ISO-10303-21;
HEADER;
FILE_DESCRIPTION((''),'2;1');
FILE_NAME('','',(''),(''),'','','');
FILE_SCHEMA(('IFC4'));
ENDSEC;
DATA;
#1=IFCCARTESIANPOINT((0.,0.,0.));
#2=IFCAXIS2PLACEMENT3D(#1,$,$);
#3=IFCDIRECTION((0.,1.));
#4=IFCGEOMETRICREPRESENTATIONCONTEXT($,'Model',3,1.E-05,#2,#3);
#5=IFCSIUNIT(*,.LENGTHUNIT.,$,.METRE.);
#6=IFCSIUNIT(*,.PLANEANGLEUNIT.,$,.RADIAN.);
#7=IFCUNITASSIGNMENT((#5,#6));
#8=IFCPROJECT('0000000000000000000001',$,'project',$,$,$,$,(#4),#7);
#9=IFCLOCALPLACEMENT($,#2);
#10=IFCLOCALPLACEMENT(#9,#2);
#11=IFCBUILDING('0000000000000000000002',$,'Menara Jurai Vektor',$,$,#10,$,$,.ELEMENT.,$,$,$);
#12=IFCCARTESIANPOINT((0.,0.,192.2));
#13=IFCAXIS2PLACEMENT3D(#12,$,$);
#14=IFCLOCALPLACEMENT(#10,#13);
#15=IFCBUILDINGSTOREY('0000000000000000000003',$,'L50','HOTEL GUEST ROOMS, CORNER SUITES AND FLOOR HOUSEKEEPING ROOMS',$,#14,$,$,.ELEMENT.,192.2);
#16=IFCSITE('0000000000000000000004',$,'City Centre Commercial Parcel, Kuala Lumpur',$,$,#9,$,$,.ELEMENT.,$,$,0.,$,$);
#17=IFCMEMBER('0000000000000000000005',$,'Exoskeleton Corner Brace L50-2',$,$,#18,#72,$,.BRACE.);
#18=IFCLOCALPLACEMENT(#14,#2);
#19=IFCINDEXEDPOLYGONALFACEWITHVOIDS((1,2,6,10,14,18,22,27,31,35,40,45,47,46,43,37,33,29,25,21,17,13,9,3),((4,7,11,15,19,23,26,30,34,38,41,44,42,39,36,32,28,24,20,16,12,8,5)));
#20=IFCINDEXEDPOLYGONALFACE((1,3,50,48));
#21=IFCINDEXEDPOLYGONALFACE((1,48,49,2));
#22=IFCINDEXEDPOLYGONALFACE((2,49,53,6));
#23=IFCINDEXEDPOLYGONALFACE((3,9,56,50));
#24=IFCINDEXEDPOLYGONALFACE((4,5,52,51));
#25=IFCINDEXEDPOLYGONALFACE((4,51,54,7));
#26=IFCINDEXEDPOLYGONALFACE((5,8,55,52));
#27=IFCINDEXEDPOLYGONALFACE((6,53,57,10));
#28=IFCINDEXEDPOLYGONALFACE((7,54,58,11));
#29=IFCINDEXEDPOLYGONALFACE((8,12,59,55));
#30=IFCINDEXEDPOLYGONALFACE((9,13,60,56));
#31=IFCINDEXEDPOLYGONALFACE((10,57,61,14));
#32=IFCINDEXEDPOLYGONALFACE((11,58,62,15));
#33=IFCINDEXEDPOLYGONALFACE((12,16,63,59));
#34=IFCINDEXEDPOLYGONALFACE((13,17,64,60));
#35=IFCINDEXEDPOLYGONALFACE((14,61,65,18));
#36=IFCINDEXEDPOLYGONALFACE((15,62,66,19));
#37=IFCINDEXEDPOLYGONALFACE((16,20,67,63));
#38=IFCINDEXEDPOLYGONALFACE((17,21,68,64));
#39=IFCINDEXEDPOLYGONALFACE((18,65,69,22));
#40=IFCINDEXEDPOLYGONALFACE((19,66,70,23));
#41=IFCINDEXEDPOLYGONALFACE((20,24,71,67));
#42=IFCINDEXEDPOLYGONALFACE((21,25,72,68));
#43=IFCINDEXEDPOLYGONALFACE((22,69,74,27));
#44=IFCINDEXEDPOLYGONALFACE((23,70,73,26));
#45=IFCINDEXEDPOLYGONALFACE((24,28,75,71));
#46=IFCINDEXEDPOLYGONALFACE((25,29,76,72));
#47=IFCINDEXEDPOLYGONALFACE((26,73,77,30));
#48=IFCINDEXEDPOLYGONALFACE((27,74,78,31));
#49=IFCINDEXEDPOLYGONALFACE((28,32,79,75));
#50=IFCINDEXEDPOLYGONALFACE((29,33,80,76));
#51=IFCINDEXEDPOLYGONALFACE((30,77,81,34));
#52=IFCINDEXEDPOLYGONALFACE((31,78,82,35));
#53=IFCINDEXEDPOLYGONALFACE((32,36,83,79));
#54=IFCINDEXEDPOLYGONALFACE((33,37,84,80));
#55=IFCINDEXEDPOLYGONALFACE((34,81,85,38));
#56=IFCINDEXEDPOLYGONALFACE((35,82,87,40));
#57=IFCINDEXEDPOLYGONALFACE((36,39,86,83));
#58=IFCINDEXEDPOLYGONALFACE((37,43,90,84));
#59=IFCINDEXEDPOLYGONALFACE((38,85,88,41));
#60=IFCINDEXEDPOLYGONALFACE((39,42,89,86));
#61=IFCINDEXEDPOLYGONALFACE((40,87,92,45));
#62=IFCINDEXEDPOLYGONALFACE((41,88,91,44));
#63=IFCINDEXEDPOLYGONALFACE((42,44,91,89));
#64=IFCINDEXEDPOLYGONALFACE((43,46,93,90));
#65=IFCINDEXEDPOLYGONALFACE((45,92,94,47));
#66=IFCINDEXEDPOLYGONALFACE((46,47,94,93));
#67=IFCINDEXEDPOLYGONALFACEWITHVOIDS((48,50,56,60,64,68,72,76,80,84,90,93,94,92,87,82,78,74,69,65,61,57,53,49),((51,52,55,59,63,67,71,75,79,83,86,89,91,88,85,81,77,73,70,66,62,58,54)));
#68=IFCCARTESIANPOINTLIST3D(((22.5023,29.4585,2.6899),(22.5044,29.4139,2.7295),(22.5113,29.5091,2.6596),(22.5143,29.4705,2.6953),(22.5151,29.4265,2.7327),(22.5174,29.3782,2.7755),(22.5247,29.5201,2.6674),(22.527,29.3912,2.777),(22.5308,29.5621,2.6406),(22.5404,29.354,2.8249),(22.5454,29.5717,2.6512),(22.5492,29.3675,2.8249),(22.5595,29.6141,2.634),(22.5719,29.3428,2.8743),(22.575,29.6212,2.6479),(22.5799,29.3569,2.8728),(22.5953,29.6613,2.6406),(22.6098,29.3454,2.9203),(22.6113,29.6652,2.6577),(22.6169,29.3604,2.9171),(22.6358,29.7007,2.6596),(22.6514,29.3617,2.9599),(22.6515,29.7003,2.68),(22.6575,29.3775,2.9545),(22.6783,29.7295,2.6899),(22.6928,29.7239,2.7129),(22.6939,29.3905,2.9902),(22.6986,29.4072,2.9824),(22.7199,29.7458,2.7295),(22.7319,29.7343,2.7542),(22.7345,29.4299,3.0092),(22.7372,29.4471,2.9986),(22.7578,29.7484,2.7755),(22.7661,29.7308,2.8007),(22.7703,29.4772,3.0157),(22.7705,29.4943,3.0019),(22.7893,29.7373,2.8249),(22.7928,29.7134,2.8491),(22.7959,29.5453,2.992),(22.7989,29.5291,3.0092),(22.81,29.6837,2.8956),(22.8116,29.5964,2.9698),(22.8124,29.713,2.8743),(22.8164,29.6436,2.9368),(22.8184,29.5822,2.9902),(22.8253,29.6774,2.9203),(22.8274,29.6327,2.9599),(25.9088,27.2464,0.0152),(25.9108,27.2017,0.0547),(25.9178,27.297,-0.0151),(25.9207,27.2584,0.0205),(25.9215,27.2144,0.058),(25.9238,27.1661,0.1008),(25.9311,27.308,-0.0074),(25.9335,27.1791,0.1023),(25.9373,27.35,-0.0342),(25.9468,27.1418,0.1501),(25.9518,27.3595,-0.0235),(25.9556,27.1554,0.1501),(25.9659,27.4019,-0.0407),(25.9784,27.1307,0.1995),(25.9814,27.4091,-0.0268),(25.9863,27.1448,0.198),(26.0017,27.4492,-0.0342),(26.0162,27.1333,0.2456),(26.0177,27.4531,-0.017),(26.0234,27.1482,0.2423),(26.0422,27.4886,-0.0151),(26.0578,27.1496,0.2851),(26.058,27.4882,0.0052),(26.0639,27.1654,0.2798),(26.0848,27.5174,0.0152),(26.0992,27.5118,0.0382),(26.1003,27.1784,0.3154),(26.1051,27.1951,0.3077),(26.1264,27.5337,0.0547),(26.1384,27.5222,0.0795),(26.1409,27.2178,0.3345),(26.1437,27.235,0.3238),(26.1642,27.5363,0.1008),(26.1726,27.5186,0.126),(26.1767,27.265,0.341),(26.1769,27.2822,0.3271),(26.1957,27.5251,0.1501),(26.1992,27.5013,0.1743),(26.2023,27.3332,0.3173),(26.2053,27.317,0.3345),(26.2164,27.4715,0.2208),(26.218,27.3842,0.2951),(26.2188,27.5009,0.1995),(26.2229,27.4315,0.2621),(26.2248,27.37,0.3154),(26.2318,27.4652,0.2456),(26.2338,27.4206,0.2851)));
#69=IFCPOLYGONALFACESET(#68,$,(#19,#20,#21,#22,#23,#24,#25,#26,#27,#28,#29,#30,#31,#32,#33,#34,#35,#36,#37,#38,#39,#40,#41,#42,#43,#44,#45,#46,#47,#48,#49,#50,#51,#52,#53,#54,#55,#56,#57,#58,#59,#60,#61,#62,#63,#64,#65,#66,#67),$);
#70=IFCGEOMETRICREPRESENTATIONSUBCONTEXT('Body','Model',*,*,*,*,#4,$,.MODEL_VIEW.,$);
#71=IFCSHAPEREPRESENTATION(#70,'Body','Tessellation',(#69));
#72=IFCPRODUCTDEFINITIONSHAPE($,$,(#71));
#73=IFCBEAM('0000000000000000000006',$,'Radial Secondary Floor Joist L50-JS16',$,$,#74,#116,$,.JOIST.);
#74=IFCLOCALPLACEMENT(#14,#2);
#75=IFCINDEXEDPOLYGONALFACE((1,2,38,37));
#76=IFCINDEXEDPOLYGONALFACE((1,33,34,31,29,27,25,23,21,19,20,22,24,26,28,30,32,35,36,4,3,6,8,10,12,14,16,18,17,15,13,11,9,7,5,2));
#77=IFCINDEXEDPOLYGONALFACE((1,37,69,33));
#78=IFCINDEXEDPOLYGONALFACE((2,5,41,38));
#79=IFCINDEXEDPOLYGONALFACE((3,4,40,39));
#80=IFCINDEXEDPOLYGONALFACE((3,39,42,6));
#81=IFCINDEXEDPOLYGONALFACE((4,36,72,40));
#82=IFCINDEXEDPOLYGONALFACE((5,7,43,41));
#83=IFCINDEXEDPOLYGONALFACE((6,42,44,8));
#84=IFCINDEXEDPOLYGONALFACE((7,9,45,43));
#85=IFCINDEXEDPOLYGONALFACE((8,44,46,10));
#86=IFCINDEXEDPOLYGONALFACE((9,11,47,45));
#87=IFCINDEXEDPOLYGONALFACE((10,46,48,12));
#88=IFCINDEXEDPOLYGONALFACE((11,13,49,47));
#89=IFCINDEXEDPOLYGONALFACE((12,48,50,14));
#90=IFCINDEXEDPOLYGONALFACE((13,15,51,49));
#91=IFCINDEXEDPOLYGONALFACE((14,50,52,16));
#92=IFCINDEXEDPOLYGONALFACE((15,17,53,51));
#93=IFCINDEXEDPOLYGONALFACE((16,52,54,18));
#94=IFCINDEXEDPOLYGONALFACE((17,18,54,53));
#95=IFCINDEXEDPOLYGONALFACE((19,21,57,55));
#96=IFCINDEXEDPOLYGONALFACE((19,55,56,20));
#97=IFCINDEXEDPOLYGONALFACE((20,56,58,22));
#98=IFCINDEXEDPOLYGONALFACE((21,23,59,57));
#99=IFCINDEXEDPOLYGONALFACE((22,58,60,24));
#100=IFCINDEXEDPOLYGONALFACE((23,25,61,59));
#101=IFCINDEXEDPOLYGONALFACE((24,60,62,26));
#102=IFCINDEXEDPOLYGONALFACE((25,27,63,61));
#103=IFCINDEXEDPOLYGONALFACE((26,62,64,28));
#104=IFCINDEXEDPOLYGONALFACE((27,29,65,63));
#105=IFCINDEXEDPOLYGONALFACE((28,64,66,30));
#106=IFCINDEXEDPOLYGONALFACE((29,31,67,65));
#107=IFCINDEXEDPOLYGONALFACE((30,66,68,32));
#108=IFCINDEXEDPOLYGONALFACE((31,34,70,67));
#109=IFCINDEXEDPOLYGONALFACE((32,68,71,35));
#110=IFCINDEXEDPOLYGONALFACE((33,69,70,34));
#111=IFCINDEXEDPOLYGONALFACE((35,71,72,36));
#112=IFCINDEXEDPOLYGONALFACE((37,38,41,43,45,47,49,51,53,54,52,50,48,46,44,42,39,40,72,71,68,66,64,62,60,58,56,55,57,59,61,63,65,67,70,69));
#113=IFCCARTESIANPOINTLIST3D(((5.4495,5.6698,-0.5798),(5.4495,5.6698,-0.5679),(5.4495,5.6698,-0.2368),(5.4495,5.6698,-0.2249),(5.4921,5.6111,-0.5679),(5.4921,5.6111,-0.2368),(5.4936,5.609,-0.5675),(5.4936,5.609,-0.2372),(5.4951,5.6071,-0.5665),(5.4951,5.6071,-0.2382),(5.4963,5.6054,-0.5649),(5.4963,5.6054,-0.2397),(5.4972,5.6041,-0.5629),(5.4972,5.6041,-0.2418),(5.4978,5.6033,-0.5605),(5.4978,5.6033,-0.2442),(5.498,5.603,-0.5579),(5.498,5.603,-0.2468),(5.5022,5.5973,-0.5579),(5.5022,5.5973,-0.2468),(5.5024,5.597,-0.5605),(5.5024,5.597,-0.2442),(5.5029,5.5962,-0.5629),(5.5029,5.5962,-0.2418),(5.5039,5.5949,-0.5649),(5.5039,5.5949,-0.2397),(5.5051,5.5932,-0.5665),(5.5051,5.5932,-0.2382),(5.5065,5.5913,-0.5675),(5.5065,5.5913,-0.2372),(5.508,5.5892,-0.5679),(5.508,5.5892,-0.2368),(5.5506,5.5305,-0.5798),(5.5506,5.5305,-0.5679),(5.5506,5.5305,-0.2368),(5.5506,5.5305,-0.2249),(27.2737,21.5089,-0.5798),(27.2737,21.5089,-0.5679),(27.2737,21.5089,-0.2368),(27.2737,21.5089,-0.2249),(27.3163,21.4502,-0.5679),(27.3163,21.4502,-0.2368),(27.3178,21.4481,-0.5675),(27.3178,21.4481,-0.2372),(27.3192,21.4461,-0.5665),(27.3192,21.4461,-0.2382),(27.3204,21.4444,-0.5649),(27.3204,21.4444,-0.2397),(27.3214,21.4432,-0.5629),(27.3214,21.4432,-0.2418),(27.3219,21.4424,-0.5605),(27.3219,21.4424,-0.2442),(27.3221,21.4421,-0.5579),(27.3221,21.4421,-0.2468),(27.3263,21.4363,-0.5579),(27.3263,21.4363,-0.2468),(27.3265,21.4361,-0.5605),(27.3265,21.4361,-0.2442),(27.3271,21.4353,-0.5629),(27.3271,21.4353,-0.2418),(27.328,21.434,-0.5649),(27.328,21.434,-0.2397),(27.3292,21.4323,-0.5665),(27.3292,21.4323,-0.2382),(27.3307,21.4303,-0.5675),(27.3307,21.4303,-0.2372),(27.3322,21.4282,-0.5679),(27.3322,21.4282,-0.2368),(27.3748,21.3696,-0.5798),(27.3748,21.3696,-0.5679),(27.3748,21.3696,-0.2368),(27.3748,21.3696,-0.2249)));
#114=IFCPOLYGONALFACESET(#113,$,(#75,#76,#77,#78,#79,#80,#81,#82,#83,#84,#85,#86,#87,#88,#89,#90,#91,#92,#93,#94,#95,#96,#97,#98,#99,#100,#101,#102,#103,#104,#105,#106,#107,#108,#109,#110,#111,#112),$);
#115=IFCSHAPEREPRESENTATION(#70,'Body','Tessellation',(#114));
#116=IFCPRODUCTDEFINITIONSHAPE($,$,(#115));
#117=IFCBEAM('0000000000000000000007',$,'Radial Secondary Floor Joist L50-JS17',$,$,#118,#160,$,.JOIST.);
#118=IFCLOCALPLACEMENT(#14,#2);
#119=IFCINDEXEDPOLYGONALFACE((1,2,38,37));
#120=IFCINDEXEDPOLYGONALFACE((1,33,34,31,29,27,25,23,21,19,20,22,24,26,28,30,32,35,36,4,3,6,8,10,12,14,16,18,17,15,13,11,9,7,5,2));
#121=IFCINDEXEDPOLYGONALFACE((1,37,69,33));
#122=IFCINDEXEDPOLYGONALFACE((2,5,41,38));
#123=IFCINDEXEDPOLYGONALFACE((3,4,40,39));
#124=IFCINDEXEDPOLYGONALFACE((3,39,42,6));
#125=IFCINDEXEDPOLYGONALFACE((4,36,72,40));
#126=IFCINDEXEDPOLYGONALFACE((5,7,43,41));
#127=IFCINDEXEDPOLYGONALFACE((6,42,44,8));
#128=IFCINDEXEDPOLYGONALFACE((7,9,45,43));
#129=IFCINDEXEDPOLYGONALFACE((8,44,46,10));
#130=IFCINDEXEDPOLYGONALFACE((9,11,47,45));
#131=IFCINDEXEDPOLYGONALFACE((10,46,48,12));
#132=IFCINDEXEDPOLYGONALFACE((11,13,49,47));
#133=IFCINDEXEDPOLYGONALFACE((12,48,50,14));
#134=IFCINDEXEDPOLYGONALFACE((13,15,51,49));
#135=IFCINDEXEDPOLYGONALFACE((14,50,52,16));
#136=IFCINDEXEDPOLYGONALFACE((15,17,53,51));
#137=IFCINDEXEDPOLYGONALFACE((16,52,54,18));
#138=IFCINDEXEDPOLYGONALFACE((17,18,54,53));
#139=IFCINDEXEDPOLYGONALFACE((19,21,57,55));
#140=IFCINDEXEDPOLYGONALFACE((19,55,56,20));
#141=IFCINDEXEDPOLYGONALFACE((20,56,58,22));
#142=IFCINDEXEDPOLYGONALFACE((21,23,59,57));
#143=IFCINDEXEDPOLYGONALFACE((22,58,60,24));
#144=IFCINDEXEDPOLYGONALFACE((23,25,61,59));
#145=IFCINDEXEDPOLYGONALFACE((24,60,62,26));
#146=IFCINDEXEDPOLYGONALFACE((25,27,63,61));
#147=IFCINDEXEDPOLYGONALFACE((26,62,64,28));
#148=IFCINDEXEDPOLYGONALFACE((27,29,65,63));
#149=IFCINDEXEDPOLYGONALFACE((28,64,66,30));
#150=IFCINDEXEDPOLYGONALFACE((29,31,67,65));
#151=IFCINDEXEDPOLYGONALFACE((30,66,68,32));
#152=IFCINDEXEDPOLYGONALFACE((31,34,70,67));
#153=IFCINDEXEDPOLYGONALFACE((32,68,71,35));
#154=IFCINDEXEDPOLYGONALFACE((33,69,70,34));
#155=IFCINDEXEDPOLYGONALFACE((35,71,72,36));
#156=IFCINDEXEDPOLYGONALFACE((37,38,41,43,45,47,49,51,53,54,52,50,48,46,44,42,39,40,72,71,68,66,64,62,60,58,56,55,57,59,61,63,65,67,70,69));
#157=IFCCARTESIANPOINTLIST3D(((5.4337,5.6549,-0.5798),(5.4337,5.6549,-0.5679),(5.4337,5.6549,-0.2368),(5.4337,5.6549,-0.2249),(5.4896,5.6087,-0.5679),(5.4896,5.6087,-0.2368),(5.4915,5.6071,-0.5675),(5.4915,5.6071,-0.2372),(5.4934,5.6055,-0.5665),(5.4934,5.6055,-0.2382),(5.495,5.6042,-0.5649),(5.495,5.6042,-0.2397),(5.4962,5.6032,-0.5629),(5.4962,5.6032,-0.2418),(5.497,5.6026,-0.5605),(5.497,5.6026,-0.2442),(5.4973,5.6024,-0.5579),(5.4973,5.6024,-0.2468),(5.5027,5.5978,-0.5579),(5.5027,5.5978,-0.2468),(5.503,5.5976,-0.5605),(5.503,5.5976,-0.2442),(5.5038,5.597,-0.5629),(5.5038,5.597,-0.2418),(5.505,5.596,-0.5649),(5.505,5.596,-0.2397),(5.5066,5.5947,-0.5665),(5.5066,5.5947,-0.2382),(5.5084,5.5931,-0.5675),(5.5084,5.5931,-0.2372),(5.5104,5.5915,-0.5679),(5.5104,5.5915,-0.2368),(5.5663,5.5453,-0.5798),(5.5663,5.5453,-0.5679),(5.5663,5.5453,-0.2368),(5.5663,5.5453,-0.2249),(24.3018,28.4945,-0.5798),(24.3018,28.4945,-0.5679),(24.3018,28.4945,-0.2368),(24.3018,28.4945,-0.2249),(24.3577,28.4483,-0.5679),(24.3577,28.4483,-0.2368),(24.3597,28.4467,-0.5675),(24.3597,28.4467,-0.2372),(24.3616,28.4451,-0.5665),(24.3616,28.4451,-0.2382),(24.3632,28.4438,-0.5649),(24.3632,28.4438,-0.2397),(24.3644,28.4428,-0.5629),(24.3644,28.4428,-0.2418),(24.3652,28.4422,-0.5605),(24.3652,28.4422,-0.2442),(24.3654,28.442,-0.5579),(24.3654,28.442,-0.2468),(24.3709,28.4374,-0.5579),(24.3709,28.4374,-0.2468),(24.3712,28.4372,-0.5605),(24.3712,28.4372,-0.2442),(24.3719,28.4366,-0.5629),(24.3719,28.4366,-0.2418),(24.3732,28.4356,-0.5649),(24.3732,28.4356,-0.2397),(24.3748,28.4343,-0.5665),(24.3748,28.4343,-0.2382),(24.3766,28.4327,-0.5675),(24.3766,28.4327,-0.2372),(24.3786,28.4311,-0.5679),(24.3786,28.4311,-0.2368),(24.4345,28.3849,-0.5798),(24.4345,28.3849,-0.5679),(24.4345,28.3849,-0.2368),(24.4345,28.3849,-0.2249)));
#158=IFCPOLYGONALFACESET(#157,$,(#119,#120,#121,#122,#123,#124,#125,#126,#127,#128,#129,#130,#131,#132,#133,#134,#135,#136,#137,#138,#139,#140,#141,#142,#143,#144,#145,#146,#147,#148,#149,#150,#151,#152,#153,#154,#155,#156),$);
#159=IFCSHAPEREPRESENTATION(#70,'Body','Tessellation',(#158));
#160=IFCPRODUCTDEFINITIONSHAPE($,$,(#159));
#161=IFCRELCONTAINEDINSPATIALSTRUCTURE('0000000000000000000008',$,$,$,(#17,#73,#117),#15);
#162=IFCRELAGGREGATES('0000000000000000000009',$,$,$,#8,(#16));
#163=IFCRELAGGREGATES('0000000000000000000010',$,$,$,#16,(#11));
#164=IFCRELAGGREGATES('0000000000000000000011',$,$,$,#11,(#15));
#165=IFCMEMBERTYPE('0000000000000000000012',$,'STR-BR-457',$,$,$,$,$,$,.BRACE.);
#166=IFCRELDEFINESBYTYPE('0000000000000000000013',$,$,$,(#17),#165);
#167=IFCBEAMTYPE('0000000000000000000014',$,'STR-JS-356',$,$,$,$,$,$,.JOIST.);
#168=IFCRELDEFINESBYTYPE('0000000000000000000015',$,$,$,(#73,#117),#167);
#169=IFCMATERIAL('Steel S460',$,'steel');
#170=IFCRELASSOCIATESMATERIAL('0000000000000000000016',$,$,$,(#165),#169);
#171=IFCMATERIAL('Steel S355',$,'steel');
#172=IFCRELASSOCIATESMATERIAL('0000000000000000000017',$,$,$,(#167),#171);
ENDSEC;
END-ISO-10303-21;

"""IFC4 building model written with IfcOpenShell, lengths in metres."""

from ifc_helpers import new_model, si_unit, direction, frame, origin, origin_2d, place, context, subcontext, project, spatial, hollow_circle, i_section, extrude, material, material_profile, profile_set, type_object, element, save


model = new_model("IFC4")

# Units and contexts
model_context = context("Model", 3, precision=1e-05, world=origin(), true_north=direction((0.0, 1.0)))
body_context = subcontext(model_context, "Body", "Model", "MODEL_VIEW")
ifc_project = project(units=[si_unit("LENGTHUNIT", "METRE"), si_unit("PLANEANGLEUNIT", "RADIAN")], contexts=[model_context])

# Site, building, storey
site_placement = place(None, origin())
site = spatial("IfcSite", under=ifc_project, at=site_placement, Name="City Centre Commercial Parcel, Kuala Lumpur", CompositionType="ELEMENT", RefElevation=0.0)
building_placement = place(site_placement, origin())
building = spatial("IfcBuilding", under=site, at=building_placement, Name="Menara Jurai Vektor", CompositionType="ELEMENT")
storey_placement = place(building_placement, frame((0.0, 0.0, 192.2)))
storey = spatial("IfcBuildingStorey", under=building, at=storey_placement, Name="L50", Description="HOTEL GUEST ROOMS, CORNER SUITES AND FLOOR HOUSEKEEPING ROOMS", CompositionType="ELEMENT", Elevation=192.2)

# Shared definitions
ifc_material_1 = material(Name="Steel S460", Category="steel")

# Shared definitions
ifc_material_2 = material(Name="Steel S355", Category="steel")

# Member
ifc_material_profile_1 = material_profile(ifc_material_1, hollow_circle(Radius=0.2285, WallThickness=0.0161, at=origin_2d()), Name="CHS 457x16")
ifc_profile_set_1 = profile_set([ifc_material_profile_1], Name="Steel S460")
member_type_1 = type_object("IfcMemberType", Name="STR-BR-457", PredefinedType="BRACE", material=ifc_profile_set_1)
member_1_placement = place(storey_placement, frame((26.0713, 27.3335, 0.1501), z_axis=(-0.700438, 0.454861, 0.549989), x_axis=(-0.544631, -0.838676, 0.0)))
element("IfcMember", 1, at=member_1_placement, inside=storey, type_object=member_type_1, Name="Exoskeleton Corner Brace L50-2", PredefinedType="BRACE", context=body_context, shape_type="SweptSolid", body=[
    extrude(hollow_circle(Radius=0.2285, WallThickness=0.0161, at=origin_2d()), origin(), (0.0, 0.0, 1.0), 4.8633),
])

# Beams
ifc_material_profile_2 = material_profile(ifc_material_2, i_section(OverallWidth=0.1721, OverallDepth=0.355, WebThickness=0.0071, FlangeThickness=0.012, FilletRadius=0.01, at=origin_2d()), Name="UKB 356x171x51")
ifc_profile_set_2 = profile_set([ifc_material_profile_2], Name="Steel S355")
beam_type_1 = type_object("IfcBeamType", Name="STR-JS-356", PredefinedType="JOIST", material=ifc_profile_set_2)
beam_1_placement = place(storey_placement, frame((27.3242, 21.4392, -0.4023), z_axis=(-0.809319, -0.58737, 0.0), x_axis=(0.58737, -0.809319, 0.0)))
element("IfcBeam", 2, at=beam_1_placement, inside=storey, type_object=beam_type_1, Name="Radial Secondary Floor Joist L50-JS16", PredefinedType="JOIST", context=body_context, shape_type="SweptSolid", body=[
    extrude(i_section(OverallWidth=0.1721, OverallDepth=0.355, WebThickness=0.0071, FlangeThickness=0.012, FilletRadius=0.01, at=origin_2d()), origin(), (0.0, 0.0, 1.0), 26.9661),
])
beam_2_placement = place(storey_placement, frame((24.3682, 28.4397, -0.4023), z_axis=(-0.636895, -0.770951, 0.0), x_axis=(0.770951, -0.636895, 0.0)))
element("IfcBeam", 3, at=beam_2_placement, inside=storey, type_object=beam_type_1, Name="Radial Secondary Floor Joist L50-JS17", PredefinedType="JOIST", context=body_context, shape_type="SweptSolid", body=[
    extrude(i_section(OverallWidth=0.1721, OverallDepth=0.355, WebThickness=0.0071, FlangeThickness=0.012, FilletRadius=0.01, at=origin_2d()), origin(), (0.0, 0.0, 1.0), 29.6252),
])

save(model, "model.ifc")
